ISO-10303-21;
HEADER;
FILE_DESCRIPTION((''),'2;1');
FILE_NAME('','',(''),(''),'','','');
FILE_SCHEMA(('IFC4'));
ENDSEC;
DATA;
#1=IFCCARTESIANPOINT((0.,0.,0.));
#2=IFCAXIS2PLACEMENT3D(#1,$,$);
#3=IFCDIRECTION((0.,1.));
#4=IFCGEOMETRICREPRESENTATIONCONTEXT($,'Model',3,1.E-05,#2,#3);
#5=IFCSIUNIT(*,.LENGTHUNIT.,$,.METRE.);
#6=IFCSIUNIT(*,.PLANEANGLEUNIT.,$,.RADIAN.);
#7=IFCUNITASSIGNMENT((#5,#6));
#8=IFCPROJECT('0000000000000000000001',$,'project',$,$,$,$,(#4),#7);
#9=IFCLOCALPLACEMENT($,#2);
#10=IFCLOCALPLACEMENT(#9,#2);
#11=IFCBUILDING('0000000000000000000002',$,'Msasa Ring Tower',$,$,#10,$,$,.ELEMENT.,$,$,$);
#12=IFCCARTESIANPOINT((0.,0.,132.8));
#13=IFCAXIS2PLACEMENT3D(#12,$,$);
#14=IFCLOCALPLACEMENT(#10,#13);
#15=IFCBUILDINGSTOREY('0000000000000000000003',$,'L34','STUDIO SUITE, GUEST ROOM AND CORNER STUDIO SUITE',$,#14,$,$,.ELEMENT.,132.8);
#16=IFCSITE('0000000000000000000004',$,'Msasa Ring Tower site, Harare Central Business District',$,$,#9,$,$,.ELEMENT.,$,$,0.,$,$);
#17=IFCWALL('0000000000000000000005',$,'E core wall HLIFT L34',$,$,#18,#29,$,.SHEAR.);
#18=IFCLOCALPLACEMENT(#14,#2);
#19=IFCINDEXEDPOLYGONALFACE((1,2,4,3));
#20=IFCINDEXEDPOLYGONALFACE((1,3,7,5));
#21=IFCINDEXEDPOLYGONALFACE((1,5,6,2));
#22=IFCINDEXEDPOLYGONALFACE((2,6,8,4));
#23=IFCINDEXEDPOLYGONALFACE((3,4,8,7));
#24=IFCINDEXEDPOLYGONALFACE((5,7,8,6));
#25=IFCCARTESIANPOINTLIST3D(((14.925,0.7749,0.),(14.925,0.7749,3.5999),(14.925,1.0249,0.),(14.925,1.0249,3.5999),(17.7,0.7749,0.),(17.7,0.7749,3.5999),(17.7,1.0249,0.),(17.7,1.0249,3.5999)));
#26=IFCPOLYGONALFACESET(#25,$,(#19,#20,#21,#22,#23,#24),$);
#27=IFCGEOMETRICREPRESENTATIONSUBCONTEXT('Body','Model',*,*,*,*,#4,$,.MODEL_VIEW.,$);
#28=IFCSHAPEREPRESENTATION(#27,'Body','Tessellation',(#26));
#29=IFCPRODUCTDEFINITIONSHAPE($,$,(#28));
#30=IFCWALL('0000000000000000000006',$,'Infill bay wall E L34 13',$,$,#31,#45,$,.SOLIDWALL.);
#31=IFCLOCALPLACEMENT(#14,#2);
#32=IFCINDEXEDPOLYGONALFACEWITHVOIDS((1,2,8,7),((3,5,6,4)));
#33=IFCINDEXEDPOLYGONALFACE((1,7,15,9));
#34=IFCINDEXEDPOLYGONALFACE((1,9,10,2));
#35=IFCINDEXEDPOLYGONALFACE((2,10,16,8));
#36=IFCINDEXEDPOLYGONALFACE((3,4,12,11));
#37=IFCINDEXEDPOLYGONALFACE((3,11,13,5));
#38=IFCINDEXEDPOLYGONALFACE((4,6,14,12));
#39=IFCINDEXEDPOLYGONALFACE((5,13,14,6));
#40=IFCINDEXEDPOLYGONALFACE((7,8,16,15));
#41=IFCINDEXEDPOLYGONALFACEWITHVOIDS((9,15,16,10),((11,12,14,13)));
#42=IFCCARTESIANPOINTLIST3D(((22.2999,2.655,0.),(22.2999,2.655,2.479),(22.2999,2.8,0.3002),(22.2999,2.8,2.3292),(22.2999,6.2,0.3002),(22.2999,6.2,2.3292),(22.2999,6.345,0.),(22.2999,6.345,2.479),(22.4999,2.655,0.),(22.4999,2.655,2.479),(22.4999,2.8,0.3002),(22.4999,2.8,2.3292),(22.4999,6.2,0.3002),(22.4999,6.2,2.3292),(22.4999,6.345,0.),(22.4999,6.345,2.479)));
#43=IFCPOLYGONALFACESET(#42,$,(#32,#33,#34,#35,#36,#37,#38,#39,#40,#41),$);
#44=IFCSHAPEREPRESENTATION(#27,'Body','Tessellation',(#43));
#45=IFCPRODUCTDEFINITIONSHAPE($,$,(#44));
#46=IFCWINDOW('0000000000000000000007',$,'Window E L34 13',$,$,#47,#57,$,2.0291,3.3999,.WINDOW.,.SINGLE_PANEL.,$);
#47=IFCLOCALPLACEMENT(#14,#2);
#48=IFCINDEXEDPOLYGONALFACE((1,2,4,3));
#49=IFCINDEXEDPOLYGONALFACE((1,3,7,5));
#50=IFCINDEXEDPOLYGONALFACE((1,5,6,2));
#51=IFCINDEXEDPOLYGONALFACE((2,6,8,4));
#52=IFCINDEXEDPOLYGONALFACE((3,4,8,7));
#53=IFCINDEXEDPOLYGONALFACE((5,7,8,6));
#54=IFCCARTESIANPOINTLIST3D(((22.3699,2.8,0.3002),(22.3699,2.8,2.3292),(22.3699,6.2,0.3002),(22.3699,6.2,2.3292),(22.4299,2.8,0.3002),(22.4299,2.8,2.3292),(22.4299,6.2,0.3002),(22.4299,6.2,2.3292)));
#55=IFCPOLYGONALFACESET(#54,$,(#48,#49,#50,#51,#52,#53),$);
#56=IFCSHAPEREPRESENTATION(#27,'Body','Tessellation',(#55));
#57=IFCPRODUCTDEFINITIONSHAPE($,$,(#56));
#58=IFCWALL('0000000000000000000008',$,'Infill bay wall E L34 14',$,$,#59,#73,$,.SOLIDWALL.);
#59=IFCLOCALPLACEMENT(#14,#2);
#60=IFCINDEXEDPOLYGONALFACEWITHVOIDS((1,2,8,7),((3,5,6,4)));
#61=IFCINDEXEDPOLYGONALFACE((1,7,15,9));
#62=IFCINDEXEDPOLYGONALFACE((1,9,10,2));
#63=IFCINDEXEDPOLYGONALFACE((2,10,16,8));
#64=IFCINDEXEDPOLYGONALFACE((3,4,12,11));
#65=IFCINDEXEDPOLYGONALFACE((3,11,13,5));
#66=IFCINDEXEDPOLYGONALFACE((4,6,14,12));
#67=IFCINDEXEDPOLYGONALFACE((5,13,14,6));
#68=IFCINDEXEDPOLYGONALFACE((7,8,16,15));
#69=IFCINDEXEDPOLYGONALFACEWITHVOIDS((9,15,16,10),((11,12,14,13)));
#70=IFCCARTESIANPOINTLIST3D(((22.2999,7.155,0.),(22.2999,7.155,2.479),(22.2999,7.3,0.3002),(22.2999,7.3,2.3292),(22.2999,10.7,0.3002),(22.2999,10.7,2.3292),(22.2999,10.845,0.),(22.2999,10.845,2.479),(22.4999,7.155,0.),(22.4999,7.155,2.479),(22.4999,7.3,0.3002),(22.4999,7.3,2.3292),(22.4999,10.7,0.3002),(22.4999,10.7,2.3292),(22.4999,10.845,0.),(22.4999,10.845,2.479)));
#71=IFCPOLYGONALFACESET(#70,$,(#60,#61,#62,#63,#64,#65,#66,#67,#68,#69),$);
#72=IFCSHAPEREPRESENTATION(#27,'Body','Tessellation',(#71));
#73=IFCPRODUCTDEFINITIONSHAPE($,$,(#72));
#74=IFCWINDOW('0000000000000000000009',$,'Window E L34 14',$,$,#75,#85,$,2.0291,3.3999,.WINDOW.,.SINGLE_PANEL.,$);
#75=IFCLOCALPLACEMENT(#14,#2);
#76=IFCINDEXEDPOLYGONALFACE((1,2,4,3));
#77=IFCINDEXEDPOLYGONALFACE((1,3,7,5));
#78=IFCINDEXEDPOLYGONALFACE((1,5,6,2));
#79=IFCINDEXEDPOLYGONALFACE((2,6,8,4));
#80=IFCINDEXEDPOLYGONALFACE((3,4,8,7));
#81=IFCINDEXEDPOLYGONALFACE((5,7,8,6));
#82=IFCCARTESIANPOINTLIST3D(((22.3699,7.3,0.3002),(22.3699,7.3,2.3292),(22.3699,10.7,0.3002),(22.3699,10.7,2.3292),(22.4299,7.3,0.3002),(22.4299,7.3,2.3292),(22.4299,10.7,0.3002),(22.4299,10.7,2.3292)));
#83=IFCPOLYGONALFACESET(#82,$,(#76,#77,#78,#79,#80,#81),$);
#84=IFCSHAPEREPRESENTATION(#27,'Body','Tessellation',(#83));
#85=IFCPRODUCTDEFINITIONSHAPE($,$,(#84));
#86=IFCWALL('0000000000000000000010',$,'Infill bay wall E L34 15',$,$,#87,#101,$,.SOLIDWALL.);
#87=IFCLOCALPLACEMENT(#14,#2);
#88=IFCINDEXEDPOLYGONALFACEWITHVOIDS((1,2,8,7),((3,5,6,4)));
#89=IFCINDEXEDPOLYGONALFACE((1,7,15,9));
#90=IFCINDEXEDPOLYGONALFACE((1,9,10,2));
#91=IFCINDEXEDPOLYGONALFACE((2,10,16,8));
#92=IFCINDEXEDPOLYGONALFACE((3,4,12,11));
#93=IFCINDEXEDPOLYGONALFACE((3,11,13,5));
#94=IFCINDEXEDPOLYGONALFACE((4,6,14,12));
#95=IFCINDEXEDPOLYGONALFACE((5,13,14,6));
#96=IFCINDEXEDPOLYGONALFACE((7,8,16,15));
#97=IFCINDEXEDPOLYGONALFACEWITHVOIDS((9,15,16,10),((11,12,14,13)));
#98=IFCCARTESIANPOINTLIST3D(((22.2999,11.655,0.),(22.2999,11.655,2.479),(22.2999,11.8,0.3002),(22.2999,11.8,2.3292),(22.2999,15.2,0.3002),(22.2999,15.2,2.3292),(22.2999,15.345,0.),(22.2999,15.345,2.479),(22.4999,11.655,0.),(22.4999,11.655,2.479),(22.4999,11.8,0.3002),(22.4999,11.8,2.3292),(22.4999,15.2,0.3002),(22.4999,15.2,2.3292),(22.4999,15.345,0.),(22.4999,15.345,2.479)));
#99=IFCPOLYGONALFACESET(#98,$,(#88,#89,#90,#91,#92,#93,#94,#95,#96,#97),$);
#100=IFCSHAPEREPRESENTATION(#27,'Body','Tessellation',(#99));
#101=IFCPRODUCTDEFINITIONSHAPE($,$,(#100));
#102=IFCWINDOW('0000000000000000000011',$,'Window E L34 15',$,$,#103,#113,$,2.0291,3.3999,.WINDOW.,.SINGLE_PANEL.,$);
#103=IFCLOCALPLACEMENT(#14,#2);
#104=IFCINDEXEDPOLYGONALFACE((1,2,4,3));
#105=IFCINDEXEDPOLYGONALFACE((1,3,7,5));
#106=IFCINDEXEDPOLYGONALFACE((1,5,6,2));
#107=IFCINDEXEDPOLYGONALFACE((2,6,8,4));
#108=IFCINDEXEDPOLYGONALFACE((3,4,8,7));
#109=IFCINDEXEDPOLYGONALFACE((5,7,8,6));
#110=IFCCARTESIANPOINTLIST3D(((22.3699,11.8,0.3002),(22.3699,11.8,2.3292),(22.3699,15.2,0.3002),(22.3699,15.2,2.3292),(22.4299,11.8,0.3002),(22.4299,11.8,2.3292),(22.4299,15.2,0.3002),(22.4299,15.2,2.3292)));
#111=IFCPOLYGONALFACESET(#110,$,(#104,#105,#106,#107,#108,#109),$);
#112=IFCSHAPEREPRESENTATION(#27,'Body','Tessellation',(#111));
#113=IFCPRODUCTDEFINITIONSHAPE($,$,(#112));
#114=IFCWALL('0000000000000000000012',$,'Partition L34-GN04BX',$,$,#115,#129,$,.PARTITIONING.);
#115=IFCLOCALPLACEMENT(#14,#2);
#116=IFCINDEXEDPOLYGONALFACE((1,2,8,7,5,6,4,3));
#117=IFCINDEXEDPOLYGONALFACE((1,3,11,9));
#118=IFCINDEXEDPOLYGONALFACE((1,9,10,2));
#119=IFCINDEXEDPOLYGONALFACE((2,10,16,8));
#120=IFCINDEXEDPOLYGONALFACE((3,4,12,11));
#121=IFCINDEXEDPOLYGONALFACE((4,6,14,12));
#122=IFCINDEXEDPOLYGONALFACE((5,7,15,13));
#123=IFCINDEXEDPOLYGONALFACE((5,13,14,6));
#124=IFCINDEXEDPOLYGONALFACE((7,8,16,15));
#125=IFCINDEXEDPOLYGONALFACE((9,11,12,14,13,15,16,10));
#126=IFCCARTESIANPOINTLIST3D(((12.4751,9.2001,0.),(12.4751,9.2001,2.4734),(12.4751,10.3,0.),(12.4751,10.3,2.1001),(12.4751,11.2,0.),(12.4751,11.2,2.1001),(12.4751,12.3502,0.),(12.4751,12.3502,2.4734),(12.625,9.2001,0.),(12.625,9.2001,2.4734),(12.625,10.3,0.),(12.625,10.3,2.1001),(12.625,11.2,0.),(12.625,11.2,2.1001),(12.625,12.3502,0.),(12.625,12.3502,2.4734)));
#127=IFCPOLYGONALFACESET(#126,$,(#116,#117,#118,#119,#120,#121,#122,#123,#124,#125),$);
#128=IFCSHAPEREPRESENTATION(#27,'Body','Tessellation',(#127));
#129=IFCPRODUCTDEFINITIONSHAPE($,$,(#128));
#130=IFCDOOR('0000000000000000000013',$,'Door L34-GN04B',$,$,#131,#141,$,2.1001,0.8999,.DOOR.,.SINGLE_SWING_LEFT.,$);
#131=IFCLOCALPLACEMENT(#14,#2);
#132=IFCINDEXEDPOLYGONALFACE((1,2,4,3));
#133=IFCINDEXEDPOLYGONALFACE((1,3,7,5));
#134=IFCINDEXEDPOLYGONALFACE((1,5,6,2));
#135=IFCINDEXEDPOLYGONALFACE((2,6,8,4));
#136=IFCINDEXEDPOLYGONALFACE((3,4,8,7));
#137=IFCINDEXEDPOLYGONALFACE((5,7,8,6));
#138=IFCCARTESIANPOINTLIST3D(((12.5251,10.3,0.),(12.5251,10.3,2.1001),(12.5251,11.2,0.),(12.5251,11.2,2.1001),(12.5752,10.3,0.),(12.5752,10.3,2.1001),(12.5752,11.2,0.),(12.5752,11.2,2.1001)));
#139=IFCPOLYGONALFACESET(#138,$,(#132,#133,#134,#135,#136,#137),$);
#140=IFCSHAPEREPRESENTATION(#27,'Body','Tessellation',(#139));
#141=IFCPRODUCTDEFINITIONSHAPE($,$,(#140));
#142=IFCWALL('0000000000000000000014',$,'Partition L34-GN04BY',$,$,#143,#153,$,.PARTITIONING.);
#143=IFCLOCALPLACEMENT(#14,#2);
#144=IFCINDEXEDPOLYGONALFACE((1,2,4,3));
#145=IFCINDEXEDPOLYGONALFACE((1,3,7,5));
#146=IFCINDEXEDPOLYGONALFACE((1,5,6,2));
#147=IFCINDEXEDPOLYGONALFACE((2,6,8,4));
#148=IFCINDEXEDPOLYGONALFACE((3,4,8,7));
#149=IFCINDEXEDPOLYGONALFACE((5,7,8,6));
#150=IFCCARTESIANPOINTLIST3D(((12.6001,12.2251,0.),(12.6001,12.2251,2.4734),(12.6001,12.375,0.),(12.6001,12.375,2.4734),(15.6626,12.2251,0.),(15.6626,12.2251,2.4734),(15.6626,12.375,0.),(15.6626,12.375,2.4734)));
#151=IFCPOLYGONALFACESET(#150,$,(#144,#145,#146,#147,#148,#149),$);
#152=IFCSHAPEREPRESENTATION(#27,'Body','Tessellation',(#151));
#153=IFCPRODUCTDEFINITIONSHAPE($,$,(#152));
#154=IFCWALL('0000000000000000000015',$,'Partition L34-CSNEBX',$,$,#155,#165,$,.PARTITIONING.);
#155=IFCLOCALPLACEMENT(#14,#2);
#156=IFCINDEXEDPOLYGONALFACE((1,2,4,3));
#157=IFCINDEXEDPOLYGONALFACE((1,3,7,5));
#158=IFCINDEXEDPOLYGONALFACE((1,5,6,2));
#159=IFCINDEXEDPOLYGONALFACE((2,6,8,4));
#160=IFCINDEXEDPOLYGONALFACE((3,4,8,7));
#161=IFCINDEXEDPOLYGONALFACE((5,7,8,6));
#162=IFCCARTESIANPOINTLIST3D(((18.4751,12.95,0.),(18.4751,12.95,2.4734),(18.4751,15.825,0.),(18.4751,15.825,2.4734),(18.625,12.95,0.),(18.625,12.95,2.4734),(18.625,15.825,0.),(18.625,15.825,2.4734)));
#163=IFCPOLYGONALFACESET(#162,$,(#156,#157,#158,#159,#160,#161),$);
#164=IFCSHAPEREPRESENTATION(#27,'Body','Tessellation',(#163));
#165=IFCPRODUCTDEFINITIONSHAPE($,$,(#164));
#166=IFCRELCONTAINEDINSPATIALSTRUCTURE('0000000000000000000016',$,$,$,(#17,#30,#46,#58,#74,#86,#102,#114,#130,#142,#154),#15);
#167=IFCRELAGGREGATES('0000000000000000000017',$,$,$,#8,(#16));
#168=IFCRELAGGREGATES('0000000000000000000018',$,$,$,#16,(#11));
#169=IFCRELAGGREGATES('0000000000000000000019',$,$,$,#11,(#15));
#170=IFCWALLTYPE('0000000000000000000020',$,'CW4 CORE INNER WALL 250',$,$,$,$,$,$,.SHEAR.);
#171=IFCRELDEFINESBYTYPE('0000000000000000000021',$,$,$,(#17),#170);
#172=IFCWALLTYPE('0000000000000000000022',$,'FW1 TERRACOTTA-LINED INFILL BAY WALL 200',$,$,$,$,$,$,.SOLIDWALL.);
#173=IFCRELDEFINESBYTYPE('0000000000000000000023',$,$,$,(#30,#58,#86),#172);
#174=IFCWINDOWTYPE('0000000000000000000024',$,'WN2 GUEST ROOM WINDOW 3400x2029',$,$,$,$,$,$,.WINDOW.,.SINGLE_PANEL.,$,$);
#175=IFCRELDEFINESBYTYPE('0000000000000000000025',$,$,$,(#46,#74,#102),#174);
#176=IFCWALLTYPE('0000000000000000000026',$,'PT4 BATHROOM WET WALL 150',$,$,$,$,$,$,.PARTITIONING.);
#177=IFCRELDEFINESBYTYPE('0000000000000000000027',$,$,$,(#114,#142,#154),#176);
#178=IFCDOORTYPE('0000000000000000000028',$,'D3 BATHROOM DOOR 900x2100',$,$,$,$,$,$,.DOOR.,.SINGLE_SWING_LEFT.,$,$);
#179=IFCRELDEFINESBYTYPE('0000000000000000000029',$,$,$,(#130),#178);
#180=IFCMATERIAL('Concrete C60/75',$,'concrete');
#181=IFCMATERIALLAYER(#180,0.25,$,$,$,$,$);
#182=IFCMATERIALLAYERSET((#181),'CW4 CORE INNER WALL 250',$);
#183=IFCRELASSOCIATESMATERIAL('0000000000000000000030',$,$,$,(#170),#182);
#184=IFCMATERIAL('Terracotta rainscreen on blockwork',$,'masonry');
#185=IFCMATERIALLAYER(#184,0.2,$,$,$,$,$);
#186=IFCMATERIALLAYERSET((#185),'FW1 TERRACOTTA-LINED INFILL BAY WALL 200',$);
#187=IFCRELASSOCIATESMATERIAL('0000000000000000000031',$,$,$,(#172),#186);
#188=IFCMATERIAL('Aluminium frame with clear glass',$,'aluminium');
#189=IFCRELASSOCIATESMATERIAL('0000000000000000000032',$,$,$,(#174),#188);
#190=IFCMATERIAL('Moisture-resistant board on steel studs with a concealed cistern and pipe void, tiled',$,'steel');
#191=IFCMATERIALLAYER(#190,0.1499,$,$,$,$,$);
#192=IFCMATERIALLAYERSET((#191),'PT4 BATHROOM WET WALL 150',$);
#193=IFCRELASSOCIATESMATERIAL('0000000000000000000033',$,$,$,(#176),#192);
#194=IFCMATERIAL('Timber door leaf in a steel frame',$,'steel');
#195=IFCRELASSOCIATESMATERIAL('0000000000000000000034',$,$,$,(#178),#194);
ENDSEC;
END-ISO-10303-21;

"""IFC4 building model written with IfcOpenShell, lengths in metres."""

from ifc_helpers import new_model, si_unit, direction, frame, frame_2d, origin, place, context, subcontext, project, spatial, rectangle, extrude, material, layer, layer_set, type_object, element, fill, save


model = new_model("IFC4")

# Units and contexts
model_context = context("Model", 3, precision=1e-05, world=origin(), true_north=direction((0.0, 1.0)))
body_context = subcontext(model_context, "Body", "Model", "MODEL_VIEW")
ifc_project = project(units=[si_unit("LENGTHUNIT", "METRE"), si_unit("PLANEANGLEUNIT", "RADIAN")], contexts=[model_context])

# Site, building, storey
site_placement = place(None, origin())
site = spatial("IfcSite", under=ifc_project, at=site_placement, Name="Msasa Ring Tower site, Harare Central Business District", CompositionType="ELEMENT", RefElevation=0.0)
building_placement = place(site_placement, origin())
building = spatial("IfcBuilding", under=site, at=building_placement, Name="Msasa Ring Tower", CompositionType="ELEMENT")
storey_placement = place(building_placement, frame((0.0, 0.0, 132.8)))
storey = spatial("IfcBuildingStorey", under=building, at=storey_placement, Name="L34", Description="STUDIO SUITE, GUEST ROOM AND CORNER STUDIO SUITE", CompositionType="ELEMENT", Elevation=132.8)

# Wall
ifc_material_1 = material(Name="Concrete C60/75", Category="concrete")
ifc_layer_1 = layer(ifc_material_1, 0.25)
ifc_layer_set_1 = layer_set([ifc_layer_1], Name="CW4 CORE INNER WALL 250")
wall_type_1 = type_object("IfcWallType", Name="CW4 CORE INNER WALL 250", PredefinedType="SHEAR", material=ifc_layer_set_1)
wall_1_placement = place(storey_placement, frame((14.925, 0.8999, 0.0), z_axis=(0.0, 0.0, 1.0), x_axis=(1.0, 0.0, 0.0)))
element("IfcWall", 1, at=wall_1_placement, inside=storey, type_object=wall_type_1, Name="E core wall HLIFT L34", PredefinedType="SHEAR", context=body_context, shape_type="SweptSolid", body=[
    extrude(rectangle(XDim=2.7749, YDim=0.25, at=frame_2d((1.3875, 0.0))), origin(), (0.0, 0.0, 1.0), 3.5999),
])

# Walls, openings, windows
ifc_material_2 = material(Name="Terracotta rainscreen on blockwork", Category="masonry")
ifc_layer_2 = layer(ifc_material_2, 0.2)
ifc_layer_set_2 = layer_set([ifc_layer_2], Name="FW1 TERRACOTTA-LINED INFILL BAY WALL 200")
wall_type_2 = type_object("IfcWallType", Name="FW1 TERRACOTTA-LINED INFILL BAY WALL 200", PredefinedType="SOLIDWALL", material=ifc_layer_set_2)
wall_2_placement = place(storey_placement, frame((22.3999, 2.655, 0.0), z_axis=(0.0, 0.0, 1.0), x_axis=(0.0, 1.0, 0.0)))
wall_2 = element("IfcWall", 2, at=wall_2_placement, inside=storey, type_object=wall_type_2, Name="Infill bay wall E L34 13", PredefinedType="SOLIDWALL", context=body_context, shape_type="SweptSolid", body=[
    extrude(rectangle(XDim=3.6899, YDim=0.2, at=frame_2d((1.845, 0.0))), origin(), (0.0, 0.0, 1.0), 2.479),
])
opening_1_placement = place(wall_2_placement, frame((0.145, 0.0, 0.3)))
opening_1 = element("IfcOpeningElement", 3, at=opening_1_placement, cuts=wall_2, PredefinedType="OPENING", context=body_context, shape_type="SweptSolid", body=[
    extrude(rectangle(XDim=3.3999, YDim=2.0291, at=frame_2d((1.7, 1.0146))), frame((0.0, 0.1099, 0.0), z_axis=(0.0, -1.0, 0.0), x_axis=(1.0, 0.0, 0.0)), (0.0, 0.0, 1.0), 0.22),
])
ifc_material_3 = material(Name="Aluminium frame with clear glass", Category="aluminium")
window_type = type_object("IfcWindowType", Name="WN2 GUEST ROOM WINDOW 3400x2029", PartitioningType="SINGLE_PANEL", PredefinedType="WINDOW", material=ifc_material_3)
window_1_placement = place(opening_1_placement, origin())
window_1 = element("IfcWindow", 4, at=window_1_placement, inside=storey, type_object=window_type, Name="Window E L34 13", OverallHeight=2.0291, OverallWidth=3.3999, PartitioningType="SINGLE_PANEL", PredefinedType="WINDOW", context=body_context, shape_type="SweptSolid", body=[
    extrude(rectangle(XDim=3.3999, YDim=2.0291, at=frame_2d((1.7, 1.0146))), frame((0.0, 0.03, 0.0), z_axis=(0.0, -1.0, 0.0), x_axis=(1.0, 0.0, 0.0)), (0.0, 0.0, 1.0), 0.0601),
])
fill(opening_1, window_1)
wall_3_placement = place(storey_placement, frame((22.3999, 7.155, 0.0), z_axis=(0.0, 0.0, 1.0), x_axis=(0.0, 1.0, 0.0)))
wall_3 = element("IfcWall", 5, at=wall_3_placement, inside=storey, type_object=wall_type_2, Name="Infill bay wall E L34 14", PredefinedType="SOLIDWALL", context=body_context, shape_type="SweptSolid", body=[
    extrude(rectangle(XDim=3.6899, YDim=0.2, at=frame_2d((1.845, 0.0))), origin(), (0.0, 0.0, 1.0), 2.479),
])
opening_2_placement = place(wall_3_placement, frame((0.145, 0.0, 0.3)))
opening_2 = element("IfcOpeningElement", 6, at=opening_2_placement, cuts=wall_3, PredefinedType="OPENING", context=body_context, shape_type="SweptSolid", body=[
    extrude(rectangle(XDim=3.3999, YDim=2.0291, at=frame_2d((1.7, 1.0146))), frame((0.0, 0.1099, 0.0), z_axis=(0.0, -1.0, 0.0), x_axis=(1.0, 0.0, 0.0)), (0.0, 0.0, 1.0), 0.22),
])
window_2_placement = place(opening_2_placement, origin())
window_2 = element("IfcWindow", 7, at=window_2_placement, inside=storey, type_object=window_type, Name="Window E L34 14", OverallHeight=2.0291, OverallWidth=3.3999, PartitioningType="SINGLE_PANEL", PredefinedType="WINDOW", context=body_context, shape_type="SweptSolid", body=[
    extrude(rectangle(XDim=3.3999, YDim=2.0291, at=frame_2d((1.7, 1.0146))), frame((0.0, 0.03, 0.0), z_axis=(0.0, -1.0, 0.0), x_axis=(1.0, 0.0, 0.0)), (0.0, 0.0, 1.0), 0.0601),
])
fill(opening_2, window_2)
wall_4_placement = place(storey_placement, frame((22.3999, 11.655, 0.0), z_axis=(0.0, 0.0, 1.0), x_axis=(0.0, 1.0, 0.0)))
wall_4 = element("IfcWall", 8, at=wall_4_placement, inside=storey, type_object=wall_type_2, Name="Infill bay wall E L34 15", PredefinedType="SOLIDWALL", context=body_context, shape_type="SweptSolid", body=[
    extrude(rectangle(XDim=3.6899, YDim=0.2, at=frame_2d((1.845, 0.0))), origin(), (0.0, 0.0, 1.0), 2.479),
])
opening_3_placement = place(wall_4_placement, frame((0.145, 0.0, 0.3)))
opening_3 = element("IfcOpeningElement", 9, at=opening_3_placement, cuts=wall_4, PredefinedType="OPENING", context=body_context, shape_type="SweptSolid", body=[
    extrude(rectangle(XDim=3.3999, YDim=2.0291, at=frame_2d((1.7, 1.0146))), frame((0.0, 0.1099, 0.0), z_axis=(0.0, -1.0, 0.0), x_axis=(1.0, 0.0, 0.0)), (0.0, 0.0, 1.0), 0.22),
])
window_3_placement = place(opening_3_placement, origin())
window_3 = element("IfcWindow", 10, at=window_3_placement, inside=storey, type_object=window_type, Name="Window E L34 15", OverallHeight=2.0291, OverallWidth=3.3999, PartitioningType="SINGLE_PANEL", PredefinedType="WINDOW", context=body_context, shape_type="SweptSolid", body=[
    extrude(rectangle(XDim=3.3999, YDim=2.0291, at=frame_2d((1.7, 1.0146))), frame((0.0, 0.03, 0.0), z_axis=(0.0, -1.0, 0.0), x_axis=(1.0, 0.0, 0.0)), (0.0, 0.0, 1.0), 0.0601),
])
fill(opening_3, window_3)

# Wall, opening, door
ifc_material_4 = material(Name="Moisture-resistant board on steel studs with a concealed cistern and pipe void, tiled", Category="steel")
ifc_layer_3 = layer(ifc_material_4, 0.1499)
ifc_layer_set_3 = layer_set([ifc_layer_3], Name="PT4 BATHROOM WET WALL 150")
wall_type_3 = type_object("IfcWallType", Name="PT4 BATHROOM WET WALL 150", PredefinedType="PARTITIONING", material=ifc_layer_set_3)
wall_5_placement = place(storey_placement, frame((12.55, 9.2, 0.0), z_axis=(0.0, 0.0, 1.0), x_axis=(0.0, 1.0, 0.0)))
wall_5 = element("IfcWall", 11, at=wall_5_placement, inside=storey, type_object=wall_type_3, Name="Partition L34-GN04BX", PredefinedType="PARTITIONING", context=body_context, shape_type="SweptSolid", body=[
    extrude(rectangle(XDim=3.1501, YDim=0.1499, at=frame_2d((1.5752, 0.0))), origin(), (0.0, 0.0, 1.0), 2.4734),
])
opening_4_placement = place(wall_5_placement, frame((1.1001, 0.0, 0.0)))
opening_4 = element("IfcOpeningElement", 12, at=opening_4_placement, cuts=wall_5, PredefinedType="OPENING", context=body_context, shape_type="SweptSolid", body=[
    extrude(rectangle(XDim=0.8999, YDim=2.1001, at=frame_2d((0.45, 1.05))), frame((0.0, 0.085, 0.0), z_axis=(0.0, -1.0, 0.0), x_axis=(1.0, 0.0, 0.0)), (0.0, 0.0, 1.0), 0.1699),
])
ifc_material_5 = material(Name="Timber door leaf in a steel frame", Category="steel")
door_type = type_object("IfcDoorType", Name="D3 BATHROOM DOOR 900x2100", OperationType="SINGLE_SWING_LEFT", PredefinedType="DOOR", material=ifc_material_5)
door_1_placement = place(opening_4_placement, origin())
door_1 = element("IfcDoor", 13, at=door_1_placement, inside=storey, type_object=door_type, Name="Door L34-GN04B", OperationType="SINGLE_SWING_LEFT", OverallHeight=2.1001, OverallWidth=0.8999, PredefinedType="DOOR", context=body_context, shape_type="SweptSolid", body=[
    extrude(rectangle(XDim=0.8999, YDim=2.1001, at=frame_2d((0.45, 1.05))), frame((0.0, 0.0249, 0.0), z_axis=(0.0, -1.0, 0.0), x_axis=(1.0, 0.0, 0.0)), (0.0, 0.0, 1.0), 0.05),
])
fill(opening_4, door_1)

# Walls
wall_6_placement = place(storey_placement, frame((12.6001, 12.3, 0.0), z_axis=(0.0, 0.0, 1.0), x_axis=(1.0, 0.0, 0.0)))
element("IfcWall", 14, at=wall_6_placement, inside=storey, type_object=wall_type_3, Name="Partition L34-GN04BY", PredefinedType="PARTITIONING", context=body_context, shape_type="SweptSolid", body=[
    extrude(rectangle(XDim=3.0625, YDim=0.1499, at=frame_2d((1.5312, 0.0))), origin(), (0.0, 0.0, 1.0), 2.4734),
])
wall_7_placement = place(storey_placement, frame((18.55, 12.95, 0.0), z_axis=(0.0, 0.0, 1.0), x_axis=(0.0, 1.0, 0.0)))
element("IfcWall", 15, at=wall_7_placement, inside=storey, type_object=wall_type_3, Name="Partition L34-CSNEBX", PredefinedType="PARTITIONING", context=body_context, shape_type="SweptSolid", body=[
    extrude(rectangle(XDim=2.875, YDim=0.1499, at=frame_2d((1.4375, 0.0))), origin(), (0.0, 0.0, 1.0), 2.4734),
])

save(model, "model.ifc")
